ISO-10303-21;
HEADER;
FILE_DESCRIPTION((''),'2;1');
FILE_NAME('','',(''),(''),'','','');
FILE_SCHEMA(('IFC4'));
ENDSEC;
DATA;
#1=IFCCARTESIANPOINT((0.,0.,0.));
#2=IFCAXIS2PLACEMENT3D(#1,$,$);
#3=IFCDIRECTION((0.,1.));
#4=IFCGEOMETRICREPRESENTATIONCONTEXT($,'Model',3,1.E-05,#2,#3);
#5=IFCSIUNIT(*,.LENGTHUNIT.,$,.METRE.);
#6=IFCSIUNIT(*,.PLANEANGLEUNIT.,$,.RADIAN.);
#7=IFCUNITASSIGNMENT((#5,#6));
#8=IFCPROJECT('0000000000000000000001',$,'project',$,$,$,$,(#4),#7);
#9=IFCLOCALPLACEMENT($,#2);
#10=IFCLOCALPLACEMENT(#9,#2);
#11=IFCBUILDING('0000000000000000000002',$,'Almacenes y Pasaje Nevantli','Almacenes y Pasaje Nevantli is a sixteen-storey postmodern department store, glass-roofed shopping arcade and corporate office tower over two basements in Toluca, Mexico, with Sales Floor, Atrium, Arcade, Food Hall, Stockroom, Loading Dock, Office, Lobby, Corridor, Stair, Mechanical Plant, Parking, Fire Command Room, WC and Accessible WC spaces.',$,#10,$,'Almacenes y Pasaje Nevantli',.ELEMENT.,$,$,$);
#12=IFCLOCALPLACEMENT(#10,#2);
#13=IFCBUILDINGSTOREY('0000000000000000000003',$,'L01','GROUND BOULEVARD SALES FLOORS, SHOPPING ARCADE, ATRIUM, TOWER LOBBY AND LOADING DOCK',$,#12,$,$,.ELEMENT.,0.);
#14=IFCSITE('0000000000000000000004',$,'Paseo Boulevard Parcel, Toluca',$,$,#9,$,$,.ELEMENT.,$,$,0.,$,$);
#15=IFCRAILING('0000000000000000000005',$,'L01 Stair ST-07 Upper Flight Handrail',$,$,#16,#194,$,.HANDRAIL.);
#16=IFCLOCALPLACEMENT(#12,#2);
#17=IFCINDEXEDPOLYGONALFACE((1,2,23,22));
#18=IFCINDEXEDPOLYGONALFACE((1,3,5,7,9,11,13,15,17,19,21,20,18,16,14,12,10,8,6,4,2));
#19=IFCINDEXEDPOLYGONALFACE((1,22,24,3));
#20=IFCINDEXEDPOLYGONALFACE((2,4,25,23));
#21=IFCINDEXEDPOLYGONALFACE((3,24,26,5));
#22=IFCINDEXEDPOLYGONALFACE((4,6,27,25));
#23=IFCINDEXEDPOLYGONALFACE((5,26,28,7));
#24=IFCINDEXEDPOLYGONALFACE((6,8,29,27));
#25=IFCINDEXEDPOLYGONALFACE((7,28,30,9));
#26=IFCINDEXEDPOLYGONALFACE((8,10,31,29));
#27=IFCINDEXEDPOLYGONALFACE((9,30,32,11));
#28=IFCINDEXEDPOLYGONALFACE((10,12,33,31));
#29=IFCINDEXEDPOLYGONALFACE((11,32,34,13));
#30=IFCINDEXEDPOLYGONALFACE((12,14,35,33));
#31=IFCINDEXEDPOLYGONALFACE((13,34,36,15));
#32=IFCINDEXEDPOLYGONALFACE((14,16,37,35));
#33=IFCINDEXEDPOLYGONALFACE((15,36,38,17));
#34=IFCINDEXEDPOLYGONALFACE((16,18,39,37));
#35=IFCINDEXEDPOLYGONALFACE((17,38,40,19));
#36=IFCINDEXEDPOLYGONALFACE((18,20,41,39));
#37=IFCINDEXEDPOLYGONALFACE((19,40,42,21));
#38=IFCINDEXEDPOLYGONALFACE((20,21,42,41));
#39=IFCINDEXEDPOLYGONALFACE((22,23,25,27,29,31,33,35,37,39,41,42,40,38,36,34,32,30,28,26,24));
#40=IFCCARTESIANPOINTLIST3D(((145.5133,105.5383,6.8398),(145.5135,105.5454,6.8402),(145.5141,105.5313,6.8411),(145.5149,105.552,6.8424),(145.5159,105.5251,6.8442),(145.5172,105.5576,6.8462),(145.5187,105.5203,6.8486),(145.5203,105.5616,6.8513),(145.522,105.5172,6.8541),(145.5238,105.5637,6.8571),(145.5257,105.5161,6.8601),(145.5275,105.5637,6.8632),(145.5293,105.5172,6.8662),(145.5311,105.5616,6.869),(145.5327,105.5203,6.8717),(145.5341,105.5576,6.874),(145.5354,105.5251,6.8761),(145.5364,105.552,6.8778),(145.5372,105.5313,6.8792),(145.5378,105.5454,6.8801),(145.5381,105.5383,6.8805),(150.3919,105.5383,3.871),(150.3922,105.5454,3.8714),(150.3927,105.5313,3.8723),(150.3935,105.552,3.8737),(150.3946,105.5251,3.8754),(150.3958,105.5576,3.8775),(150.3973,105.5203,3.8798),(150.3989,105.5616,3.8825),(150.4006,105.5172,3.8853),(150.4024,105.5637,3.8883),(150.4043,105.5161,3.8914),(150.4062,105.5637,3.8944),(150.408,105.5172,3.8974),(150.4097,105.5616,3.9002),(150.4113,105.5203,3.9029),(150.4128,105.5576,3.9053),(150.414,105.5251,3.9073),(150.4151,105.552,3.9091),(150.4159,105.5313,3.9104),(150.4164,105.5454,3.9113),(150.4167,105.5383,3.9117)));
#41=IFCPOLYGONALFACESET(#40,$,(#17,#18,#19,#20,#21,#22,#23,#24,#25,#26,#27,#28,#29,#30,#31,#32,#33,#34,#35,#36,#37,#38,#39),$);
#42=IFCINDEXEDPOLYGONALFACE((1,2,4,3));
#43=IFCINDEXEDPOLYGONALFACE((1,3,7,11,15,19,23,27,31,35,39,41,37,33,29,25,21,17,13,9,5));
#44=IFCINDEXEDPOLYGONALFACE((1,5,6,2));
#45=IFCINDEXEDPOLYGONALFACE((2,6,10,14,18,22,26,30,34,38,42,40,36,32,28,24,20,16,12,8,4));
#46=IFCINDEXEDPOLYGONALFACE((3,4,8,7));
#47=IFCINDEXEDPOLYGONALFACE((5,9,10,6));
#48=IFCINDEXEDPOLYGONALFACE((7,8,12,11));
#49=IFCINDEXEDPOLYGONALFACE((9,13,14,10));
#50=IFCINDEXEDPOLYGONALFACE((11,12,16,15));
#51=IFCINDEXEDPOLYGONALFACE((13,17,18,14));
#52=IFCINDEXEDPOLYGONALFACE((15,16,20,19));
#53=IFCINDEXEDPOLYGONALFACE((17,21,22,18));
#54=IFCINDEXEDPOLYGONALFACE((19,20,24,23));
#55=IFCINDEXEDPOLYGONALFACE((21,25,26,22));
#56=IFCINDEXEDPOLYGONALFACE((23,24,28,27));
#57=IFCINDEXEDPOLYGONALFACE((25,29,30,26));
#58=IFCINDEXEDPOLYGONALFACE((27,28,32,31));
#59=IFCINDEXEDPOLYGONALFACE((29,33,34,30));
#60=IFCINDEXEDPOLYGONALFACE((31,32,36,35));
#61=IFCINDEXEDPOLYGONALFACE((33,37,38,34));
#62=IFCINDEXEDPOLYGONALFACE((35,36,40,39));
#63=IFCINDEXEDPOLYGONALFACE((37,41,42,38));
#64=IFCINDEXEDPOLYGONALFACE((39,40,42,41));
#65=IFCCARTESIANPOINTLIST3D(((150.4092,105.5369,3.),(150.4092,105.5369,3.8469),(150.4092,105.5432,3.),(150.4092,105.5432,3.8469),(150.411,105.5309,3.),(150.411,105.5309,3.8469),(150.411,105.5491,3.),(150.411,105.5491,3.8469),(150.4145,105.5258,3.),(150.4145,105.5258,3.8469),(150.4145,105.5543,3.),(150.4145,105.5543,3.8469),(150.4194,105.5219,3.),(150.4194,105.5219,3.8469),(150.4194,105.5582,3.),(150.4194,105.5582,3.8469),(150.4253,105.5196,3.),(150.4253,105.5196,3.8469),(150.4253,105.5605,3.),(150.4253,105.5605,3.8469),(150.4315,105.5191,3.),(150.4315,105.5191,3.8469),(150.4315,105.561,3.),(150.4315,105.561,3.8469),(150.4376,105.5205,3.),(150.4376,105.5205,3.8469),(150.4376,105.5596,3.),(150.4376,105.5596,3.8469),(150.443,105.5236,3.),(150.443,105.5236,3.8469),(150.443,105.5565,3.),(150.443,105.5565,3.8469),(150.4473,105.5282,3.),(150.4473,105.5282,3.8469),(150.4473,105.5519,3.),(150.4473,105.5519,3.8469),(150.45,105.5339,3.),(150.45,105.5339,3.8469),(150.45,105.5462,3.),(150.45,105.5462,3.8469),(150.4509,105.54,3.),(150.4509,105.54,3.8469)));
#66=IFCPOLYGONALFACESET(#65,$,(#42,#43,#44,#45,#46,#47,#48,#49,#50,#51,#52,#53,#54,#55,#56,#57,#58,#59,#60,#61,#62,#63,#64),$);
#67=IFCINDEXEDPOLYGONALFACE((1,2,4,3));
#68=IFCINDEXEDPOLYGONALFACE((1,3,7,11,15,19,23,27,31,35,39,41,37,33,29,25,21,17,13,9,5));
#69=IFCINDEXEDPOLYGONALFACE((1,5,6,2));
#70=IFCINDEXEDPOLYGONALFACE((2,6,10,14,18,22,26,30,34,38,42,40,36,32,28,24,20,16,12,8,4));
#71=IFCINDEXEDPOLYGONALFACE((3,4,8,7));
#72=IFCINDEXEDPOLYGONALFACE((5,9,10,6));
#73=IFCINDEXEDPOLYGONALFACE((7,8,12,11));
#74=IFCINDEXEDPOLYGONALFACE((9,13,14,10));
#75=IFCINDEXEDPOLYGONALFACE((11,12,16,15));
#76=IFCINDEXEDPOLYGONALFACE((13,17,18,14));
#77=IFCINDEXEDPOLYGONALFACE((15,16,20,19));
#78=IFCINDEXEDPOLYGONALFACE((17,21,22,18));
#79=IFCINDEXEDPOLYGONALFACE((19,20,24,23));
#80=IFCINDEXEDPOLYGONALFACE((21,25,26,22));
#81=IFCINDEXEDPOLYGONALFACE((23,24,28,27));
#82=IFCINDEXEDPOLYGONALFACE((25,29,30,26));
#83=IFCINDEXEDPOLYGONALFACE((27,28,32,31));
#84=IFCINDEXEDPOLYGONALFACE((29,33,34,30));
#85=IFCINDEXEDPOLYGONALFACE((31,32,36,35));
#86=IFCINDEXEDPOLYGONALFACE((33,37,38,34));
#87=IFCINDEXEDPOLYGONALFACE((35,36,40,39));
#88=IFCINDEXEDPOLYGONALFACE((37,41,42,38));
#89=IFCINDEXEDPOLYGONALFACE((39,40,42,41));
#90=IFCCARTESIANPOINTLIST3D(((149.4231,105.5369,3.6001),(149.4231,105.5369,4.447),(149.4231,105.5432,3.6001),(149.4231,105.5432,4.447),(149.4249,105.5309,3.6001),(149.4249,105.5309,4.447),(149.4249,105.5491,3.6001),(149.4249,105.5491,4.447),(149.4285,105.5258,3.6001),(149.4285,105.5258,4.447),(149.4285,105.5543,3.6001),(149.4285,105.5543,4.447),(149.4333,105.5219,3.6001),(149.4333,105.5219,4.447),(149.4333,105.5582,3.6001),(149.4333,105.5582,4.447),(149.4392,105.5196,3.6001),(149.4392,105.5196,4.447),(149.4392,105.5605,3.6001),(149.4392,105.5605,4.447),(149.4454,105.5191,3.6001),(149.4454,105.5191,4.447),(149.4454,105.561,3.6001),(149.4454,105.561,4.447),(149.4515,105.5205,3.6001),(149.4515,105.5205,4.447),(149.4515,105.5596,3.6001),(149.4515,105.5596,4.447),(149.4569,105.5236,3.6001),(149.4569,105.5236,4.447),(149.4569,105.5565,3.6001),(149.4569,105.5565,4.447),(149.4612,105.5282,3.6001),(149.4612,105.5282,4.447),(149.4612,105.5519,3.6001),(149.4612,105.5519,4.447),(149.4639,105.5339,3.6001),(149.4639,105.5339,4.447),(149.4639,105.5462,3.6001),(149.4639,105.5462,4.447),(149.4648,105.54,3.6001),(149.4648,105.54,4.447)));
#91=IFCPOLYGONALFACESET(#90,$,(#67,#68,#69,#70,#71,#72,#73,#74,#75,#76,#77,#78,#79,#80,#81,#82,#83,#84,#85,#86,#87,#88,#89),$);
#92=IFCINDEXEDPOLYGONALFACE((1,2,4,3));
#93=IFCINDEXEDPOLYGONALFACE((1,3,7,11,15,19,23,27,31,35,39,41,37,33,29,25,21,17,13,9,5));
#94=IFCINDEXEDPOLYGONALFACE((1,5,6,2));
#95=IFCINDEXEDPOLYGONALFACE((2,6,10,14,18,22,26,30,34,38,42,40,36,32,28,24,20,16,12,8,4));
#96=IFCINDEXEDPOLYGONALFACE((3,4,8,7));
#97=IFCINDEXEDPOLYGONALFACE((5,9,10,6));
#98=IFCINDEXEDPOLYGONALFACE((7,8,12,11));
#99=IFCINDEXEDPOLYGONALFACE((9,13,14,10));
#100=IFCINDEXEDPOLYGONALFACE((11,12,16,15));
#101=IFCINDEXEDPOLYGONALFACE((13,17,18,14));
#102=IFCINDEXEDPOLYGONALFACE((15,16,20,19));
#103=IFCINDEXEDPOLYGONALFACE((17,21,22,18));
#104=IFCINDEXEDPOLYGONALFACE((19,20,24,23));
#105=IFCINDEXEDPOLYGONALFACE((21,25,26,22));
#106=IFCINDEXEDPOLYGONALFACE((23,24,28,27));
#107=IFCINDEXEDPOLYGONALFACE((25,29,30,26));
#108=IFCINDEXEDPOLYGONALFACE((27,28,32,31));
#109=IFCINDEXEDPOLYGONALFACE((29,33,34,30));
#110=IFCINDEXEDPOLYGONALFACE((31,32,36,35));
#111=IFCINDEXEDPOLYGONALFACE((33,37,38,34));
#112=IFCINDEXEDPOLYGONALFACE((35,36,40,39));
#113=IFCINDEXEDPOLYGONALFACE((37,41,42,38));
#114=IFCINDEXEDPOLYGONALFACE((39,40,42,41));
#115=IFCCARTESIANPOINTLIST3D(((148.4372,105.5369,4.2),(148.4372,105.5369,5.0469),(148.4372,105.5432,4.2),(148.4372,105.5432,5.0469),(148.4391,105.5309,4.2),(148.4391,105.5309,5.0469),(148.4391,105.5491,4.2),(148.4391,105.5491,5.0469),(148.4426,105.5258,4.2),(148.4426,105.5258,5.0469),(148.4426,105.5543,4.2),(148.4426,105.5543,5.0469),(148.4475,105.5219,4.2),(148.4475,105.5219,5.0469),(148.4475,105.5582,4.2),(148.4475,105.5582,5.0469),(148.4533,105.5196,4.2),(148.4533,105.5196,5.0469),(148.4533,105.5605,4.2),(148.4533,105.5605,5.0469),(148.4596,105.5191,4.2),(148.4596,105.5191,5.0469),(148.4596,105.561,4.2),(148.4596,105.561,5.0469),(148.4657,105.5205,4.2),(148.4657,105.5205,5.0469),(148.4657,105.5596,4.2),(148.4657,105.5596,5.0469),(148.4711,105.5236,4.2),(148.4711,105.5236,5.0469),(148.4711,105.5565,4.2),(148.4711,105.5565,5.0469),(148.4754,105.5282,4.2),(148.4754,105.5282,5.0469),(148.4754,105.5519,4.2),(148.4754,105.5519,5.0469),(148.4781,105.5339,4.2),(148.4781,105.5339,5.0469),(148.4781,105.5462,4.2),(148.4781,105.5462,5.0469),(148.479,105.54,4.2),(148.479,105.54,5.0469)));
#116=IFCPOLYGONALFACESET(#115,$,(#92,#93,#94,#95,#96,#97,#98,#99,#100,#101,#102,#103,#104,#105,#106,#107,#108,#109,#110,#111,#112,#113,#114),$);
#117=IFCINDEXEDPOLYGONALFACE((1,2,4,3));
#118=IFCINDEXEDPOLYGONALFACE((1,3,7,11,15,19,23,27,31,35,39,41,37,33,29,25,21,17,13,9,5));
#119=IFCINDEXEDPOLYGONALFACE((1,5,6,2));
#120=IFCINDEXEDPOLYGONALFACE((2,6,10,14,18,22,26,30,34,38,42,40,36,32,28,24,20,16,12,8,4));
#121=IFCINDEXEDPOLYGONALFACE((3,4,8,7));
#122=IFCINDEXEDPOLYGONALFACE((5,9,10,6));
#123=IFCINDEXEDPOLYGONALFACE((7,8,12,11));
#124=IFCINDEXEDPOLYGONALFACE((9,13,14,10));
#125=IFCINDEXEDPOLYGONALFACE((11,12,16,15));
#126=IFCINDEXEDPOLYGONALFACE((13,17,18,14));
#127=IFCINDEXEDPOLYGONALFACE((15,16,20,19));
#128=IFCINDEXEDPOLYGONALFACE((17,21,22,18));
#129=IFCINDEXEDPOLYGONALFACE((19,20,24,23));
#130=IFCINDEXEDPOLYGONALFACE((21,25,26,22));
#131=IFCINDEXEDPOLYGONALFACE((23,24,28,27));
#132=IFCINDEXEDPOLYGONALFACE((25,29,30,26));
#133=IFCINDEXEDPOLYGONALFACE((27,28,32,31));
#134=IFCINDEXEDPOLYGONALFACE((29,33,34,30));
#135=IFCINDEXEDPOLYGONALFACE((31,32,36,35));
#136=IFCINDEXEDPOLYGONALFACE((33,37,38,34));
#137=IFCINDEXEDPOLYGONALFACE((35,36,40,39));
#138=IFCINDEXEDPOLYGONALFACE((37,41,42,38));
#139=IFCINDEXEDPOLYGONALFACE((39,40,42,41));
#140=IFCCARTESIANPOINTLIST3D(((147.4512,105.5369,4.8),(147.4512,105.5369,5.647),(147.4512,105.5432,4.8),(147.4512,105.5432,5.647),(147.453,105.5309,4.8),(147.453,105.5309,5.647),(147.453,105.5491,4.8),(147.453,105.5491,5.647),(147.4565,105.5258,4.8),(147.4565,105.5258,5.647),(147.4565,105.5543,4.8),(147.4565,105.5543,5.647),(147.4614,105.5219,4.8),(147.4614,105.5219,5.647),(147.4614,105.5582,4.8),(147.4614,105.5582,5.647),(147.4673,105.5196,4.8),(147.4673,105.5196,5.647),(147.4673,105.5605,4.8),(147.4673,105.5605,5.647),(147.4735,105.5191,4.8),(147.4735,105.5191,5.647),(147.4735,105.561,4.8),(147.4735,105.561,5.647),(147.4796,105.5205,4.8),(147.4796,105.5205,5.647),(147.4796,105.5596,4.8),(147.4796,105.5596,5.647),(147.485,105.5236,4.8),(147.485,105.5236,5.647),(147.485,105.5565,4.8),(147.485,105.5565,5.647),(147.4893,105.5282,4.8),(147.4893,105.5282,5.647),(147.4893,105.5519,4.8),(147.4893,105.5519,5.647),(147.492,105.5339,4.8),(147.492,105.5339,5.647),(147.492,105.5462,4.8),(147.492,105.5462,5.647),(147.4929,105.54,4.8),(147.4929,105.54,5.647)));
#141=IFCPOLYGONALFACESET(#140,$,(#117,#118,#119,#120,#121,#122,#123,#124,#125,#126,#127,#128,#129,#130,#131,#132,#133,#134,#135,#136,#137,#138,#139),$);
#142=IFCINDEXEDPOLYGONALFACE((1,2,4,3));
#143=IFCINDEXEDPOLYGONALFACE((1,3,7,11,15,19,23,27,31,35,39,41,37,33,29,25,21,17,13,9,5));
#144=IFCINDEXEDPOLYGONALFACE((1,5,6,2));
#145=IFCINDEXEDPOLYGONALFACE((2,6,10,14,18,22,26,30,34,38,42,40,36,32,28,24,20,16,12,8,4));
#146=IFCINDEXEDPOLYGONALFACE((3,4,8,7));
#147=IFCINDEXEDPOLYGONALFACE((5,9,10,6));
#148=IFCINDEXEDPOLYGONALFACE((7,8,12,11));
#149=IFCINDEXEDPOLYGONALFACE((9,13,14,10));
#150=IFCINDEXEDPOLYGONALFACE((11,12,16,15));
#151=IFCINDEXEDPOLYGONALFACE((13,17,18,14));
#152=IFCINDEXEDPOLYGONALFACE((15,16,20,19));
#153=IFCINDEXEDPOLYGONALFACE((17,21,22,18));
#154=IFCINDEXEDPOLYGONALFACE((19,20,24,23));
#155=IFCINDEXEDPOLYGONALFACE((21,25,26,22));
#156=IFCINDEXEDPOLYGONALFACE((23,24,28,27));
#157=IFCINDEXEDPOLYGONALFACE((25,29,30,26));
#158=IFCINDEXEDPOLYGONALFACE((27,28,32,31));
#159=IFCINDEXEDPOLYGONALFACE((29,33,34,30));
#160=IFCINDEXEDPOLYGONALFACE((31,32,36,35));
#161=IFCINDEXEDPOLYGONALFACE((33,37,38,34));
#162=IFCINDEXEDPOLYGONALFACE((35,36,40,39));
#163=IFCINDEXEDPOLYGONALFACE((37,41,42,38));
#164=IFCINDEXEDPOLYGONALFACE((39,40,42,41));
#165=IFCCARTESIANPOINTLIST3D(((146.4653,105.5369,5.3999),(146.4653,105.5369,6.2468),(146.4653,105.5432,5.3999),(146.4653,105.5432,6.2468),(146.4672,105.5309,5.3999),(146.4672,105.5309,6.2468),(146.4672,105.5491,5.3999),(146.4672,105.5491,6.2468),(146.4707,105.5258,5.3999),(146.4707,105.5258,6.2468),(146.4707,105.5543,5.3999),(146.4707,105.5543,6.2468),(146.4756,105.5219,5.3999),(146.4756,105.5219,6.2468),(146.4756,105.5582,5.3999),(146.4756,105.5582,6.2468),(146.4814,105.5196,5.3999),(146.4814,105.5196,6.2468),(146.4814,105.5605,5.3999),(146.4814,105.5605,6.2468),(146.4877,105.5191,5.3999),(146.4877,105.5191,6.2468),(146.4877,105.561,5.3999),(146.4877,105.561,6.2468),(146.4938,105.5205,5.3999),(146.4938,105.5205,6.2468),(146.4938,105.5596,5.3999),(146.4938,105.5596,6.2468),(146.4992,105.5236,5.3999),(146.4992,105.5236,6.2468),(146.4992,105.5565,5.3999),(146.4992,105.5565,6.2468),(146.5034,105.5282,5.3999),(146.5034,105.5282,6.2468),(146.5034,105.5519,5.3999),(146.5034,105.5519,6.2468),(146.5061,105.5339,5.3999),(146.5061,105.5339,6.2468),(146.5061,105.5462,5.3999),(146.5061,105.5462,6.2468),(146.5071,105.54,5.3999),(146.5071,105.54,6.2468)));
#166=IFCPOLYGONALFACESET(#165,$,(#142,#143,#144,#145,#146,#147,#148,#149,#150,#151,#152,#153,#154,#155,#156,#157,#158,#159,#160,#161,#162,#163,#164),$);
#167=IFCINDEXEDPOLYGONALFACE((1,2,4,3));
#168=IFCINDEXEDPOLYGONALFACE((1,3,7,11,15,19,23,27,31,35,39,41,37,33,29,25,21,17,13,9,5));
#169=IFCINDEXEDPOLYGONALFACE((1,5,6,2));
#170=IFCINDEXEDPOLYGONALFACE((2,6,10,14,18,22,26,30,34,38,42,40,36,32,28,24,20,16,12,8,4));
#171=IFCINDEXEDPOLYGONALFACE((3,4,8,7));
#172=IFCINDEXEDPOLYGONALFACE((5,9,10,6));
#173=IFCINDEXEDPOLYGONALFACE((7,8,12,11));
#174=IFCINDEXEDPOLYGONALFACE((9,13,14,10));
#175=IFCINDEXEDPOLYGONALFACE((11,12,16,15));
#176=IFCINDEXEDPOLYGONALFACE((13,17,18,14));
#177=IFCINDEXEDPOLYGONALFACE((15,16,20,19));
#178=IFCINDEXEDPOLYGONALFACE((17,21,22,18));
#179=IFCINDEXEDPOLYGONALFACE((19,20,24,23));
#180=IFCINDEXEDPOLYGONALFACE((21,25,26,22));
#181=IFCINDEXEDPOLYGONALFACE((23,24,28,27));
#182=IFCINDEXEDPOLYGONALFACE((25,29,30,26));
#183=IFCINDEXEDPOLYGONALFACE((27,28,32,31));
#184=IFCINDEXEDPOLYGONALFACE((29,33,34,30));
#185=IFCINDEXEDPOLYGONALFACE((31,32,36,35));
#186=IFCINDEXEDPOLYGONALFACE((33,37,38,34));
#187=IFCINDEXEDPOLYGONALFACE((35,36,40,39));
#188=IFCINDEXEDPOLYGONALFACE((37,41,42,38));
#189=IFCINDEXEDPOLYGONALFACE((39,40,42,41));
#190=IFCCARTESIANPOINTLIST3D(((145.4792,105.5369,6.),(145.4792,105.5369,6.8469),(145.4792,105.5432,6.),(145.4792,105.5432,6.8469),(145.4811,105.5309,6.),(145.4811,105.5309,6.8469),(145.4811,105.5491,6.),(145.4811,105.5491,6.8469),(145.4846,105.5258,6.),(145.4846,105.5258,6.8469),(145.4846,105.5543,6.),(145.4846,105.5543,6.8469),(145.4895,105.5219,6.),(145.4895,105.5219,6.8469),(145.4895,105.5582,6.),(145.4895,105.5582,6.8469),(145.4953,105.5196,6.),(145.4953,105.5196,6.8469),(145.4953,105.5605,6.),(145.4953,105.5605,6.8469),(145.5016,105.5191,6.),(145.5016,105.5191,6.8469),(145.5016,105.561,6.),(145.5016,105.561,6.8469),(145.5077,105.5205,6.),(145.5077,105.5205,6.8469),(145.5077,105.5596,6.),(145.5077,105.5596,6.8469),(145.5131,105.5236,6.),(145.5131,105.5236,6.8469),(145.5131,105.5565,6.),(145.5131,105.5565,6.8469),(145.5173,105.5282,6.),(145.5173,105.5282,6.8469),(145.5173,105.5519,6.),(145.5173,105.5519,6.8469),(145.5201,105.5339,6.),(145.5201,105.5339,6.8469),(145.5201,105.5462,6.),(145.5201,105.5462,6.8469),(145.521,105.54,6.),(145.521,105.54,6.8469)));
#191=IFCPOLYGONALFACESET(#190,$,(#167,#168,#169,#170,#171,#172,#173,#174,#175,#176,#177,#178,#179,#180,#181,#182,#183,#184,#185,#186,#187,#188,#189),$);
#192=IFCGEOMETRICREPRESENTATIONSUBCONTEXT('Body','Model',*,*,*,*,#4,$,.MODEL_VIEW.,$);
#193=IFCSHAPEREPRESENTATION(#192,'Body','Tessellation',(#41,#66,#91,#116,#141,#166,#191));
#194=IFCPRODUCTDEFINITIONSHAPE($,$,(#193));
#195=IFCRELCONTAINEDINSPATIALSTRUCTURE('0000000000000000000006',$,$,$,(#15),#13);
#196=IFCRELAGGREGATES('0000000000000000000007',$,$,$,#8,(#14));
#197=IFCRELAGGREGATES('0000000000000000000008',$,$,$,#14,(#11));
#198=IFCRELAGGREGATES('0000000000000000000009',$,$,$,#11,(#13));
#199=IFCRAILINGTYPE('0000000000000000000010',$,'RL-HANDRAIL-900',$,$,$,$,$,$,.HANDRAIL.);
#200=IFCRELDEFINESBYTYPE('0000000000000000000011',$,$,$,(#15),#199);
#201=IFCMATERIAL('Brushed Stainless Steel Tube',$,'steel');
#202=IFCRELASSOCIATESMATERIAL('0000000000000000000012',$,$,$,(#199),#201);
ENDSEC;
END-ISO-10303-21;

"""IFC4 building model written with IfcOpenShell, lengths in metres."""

from ifc_helpers import new_model, si_unit, direction, frame, origin, origin_2d, place, context, subcontext, project, spatial, circle, extrude, material, type_object, element, save


model = new_model("IFC4")

# Units and contexts
model_context = context("Model", 3, precision=1e-05, world=origin(), true_north=direction((0.0, 1.0)))
body_context = subcontext(model_context, "Body", "Model", "MODEL_VIEW")
ifc_project = project(units=[si_unit("LENGTHUNIT", "METRE"), si_unit("PLANEANGLEUNIT", "RADIAN")], contexts=[model_context])

# Site, building, storey
site_placement = place(None, origin())
site = spatial("IfcSite", under=ifc_project, at=site_placement, Name="Paseo Boulevard Parcel, Toluca", CompositionType="ELEMENT", RefElevation=0.0)
building_placement = place(site_placement, origin())
building = spatial("IfcBuilding", under=site, at=building_placement, Name="Almacenes y Pasaje Nevantli", Description="Almacenes y Pasaje Nevantli is a sixteen-storey postmodern department store, glass-roofed shopping arcade and corporate office tower over two basements in Toluca, Mexico, with Sales Floor, Atrium, Arcade, Food Hall, Stockroom, Loading Dock, Office, Lobby, Corridor, Stair, Mechanical Plant, Parking, Fire Command Room, WC and Accessible WC spaces.", LongName="Almacenes y Pasaje Nevantli", CompositionType="ELEMENT")
storey_placement = place(building_placement, origin())
storey = spatial("IfcBuildingStorey", under=building, at=storey_placement, Name="L01", Description="GROUND BOULEVARD SALES FLOORS, SHOPPING ARCADE, ATRIUM, TOWER LOBBY AND LOADING DOCK", CompositionType="ELEMENT", Elevation=0.0)

# Railing
ifc_material_1 = material(Name="Brushed Stainless Steel Tube", Category="steel")
railing_type_1 = type_object("IfcRailingType", Name="RL-HANDRAIL-900", PredefinedType="HANDRAIL", material=ifc_material_1)
railing_1_placement = place(storey_placement, frame((150.4299, 105.54, 3.0)))
element("IfcRailing", 1, at=railing_1_placement, inside=storey, type_object=railing_type_1, Name="L01 Stair ST-07 Upper Flight Handrail", PredefinedType="HANDRAIL", context=body_context, shape_type="SweptSolid", body=[
    extrude(circle(Radius=0.0239, at=origin_2d()), frame((-0.0256, 0.0, 0.8914), z_axis=(-0.854262, 0.0, 0.519842), x_axis=(0.0, -1.0, 0.0)), (0.0, 0.0, 1.0), 5.7109),
    extrude(circle(Radius=0.021, at=origin_2d()), origin(), (0.0, 0.0, 1.0), 0.8469),
    extrude(circle(Radius=0.021, at=origin_2d()), frame((-0.9861, 0.0, 0.6001)), (0.0, 0.0, 1.0), 0.8469),
    extrude(circle(Radius=0.021, at=origin_2d()), frame((-1.9719, 0.0, 1.2)), (0.0, 0.0, 1.0), 0.8469),
    extrude(circle(Radius=0.021, at=origin_2d()), frame((-2.958, 0.0, 1.8)), (0.0, 0.0, 1.0), 0.8469),
    extrude(circle(Radius=0.021, at=origin_2d()), frame((-3.9438, 0.0, 2.3999)), (0.0, 0.0, 1.0), 0.8469),
    extrude(circle(Radius=0.021, at=origin_2d()), frame((-4.9299, 0.0, 3.0)), (0.0, 0.0, 1.0), 0.8469),
])

save(model, "model.ifc")
